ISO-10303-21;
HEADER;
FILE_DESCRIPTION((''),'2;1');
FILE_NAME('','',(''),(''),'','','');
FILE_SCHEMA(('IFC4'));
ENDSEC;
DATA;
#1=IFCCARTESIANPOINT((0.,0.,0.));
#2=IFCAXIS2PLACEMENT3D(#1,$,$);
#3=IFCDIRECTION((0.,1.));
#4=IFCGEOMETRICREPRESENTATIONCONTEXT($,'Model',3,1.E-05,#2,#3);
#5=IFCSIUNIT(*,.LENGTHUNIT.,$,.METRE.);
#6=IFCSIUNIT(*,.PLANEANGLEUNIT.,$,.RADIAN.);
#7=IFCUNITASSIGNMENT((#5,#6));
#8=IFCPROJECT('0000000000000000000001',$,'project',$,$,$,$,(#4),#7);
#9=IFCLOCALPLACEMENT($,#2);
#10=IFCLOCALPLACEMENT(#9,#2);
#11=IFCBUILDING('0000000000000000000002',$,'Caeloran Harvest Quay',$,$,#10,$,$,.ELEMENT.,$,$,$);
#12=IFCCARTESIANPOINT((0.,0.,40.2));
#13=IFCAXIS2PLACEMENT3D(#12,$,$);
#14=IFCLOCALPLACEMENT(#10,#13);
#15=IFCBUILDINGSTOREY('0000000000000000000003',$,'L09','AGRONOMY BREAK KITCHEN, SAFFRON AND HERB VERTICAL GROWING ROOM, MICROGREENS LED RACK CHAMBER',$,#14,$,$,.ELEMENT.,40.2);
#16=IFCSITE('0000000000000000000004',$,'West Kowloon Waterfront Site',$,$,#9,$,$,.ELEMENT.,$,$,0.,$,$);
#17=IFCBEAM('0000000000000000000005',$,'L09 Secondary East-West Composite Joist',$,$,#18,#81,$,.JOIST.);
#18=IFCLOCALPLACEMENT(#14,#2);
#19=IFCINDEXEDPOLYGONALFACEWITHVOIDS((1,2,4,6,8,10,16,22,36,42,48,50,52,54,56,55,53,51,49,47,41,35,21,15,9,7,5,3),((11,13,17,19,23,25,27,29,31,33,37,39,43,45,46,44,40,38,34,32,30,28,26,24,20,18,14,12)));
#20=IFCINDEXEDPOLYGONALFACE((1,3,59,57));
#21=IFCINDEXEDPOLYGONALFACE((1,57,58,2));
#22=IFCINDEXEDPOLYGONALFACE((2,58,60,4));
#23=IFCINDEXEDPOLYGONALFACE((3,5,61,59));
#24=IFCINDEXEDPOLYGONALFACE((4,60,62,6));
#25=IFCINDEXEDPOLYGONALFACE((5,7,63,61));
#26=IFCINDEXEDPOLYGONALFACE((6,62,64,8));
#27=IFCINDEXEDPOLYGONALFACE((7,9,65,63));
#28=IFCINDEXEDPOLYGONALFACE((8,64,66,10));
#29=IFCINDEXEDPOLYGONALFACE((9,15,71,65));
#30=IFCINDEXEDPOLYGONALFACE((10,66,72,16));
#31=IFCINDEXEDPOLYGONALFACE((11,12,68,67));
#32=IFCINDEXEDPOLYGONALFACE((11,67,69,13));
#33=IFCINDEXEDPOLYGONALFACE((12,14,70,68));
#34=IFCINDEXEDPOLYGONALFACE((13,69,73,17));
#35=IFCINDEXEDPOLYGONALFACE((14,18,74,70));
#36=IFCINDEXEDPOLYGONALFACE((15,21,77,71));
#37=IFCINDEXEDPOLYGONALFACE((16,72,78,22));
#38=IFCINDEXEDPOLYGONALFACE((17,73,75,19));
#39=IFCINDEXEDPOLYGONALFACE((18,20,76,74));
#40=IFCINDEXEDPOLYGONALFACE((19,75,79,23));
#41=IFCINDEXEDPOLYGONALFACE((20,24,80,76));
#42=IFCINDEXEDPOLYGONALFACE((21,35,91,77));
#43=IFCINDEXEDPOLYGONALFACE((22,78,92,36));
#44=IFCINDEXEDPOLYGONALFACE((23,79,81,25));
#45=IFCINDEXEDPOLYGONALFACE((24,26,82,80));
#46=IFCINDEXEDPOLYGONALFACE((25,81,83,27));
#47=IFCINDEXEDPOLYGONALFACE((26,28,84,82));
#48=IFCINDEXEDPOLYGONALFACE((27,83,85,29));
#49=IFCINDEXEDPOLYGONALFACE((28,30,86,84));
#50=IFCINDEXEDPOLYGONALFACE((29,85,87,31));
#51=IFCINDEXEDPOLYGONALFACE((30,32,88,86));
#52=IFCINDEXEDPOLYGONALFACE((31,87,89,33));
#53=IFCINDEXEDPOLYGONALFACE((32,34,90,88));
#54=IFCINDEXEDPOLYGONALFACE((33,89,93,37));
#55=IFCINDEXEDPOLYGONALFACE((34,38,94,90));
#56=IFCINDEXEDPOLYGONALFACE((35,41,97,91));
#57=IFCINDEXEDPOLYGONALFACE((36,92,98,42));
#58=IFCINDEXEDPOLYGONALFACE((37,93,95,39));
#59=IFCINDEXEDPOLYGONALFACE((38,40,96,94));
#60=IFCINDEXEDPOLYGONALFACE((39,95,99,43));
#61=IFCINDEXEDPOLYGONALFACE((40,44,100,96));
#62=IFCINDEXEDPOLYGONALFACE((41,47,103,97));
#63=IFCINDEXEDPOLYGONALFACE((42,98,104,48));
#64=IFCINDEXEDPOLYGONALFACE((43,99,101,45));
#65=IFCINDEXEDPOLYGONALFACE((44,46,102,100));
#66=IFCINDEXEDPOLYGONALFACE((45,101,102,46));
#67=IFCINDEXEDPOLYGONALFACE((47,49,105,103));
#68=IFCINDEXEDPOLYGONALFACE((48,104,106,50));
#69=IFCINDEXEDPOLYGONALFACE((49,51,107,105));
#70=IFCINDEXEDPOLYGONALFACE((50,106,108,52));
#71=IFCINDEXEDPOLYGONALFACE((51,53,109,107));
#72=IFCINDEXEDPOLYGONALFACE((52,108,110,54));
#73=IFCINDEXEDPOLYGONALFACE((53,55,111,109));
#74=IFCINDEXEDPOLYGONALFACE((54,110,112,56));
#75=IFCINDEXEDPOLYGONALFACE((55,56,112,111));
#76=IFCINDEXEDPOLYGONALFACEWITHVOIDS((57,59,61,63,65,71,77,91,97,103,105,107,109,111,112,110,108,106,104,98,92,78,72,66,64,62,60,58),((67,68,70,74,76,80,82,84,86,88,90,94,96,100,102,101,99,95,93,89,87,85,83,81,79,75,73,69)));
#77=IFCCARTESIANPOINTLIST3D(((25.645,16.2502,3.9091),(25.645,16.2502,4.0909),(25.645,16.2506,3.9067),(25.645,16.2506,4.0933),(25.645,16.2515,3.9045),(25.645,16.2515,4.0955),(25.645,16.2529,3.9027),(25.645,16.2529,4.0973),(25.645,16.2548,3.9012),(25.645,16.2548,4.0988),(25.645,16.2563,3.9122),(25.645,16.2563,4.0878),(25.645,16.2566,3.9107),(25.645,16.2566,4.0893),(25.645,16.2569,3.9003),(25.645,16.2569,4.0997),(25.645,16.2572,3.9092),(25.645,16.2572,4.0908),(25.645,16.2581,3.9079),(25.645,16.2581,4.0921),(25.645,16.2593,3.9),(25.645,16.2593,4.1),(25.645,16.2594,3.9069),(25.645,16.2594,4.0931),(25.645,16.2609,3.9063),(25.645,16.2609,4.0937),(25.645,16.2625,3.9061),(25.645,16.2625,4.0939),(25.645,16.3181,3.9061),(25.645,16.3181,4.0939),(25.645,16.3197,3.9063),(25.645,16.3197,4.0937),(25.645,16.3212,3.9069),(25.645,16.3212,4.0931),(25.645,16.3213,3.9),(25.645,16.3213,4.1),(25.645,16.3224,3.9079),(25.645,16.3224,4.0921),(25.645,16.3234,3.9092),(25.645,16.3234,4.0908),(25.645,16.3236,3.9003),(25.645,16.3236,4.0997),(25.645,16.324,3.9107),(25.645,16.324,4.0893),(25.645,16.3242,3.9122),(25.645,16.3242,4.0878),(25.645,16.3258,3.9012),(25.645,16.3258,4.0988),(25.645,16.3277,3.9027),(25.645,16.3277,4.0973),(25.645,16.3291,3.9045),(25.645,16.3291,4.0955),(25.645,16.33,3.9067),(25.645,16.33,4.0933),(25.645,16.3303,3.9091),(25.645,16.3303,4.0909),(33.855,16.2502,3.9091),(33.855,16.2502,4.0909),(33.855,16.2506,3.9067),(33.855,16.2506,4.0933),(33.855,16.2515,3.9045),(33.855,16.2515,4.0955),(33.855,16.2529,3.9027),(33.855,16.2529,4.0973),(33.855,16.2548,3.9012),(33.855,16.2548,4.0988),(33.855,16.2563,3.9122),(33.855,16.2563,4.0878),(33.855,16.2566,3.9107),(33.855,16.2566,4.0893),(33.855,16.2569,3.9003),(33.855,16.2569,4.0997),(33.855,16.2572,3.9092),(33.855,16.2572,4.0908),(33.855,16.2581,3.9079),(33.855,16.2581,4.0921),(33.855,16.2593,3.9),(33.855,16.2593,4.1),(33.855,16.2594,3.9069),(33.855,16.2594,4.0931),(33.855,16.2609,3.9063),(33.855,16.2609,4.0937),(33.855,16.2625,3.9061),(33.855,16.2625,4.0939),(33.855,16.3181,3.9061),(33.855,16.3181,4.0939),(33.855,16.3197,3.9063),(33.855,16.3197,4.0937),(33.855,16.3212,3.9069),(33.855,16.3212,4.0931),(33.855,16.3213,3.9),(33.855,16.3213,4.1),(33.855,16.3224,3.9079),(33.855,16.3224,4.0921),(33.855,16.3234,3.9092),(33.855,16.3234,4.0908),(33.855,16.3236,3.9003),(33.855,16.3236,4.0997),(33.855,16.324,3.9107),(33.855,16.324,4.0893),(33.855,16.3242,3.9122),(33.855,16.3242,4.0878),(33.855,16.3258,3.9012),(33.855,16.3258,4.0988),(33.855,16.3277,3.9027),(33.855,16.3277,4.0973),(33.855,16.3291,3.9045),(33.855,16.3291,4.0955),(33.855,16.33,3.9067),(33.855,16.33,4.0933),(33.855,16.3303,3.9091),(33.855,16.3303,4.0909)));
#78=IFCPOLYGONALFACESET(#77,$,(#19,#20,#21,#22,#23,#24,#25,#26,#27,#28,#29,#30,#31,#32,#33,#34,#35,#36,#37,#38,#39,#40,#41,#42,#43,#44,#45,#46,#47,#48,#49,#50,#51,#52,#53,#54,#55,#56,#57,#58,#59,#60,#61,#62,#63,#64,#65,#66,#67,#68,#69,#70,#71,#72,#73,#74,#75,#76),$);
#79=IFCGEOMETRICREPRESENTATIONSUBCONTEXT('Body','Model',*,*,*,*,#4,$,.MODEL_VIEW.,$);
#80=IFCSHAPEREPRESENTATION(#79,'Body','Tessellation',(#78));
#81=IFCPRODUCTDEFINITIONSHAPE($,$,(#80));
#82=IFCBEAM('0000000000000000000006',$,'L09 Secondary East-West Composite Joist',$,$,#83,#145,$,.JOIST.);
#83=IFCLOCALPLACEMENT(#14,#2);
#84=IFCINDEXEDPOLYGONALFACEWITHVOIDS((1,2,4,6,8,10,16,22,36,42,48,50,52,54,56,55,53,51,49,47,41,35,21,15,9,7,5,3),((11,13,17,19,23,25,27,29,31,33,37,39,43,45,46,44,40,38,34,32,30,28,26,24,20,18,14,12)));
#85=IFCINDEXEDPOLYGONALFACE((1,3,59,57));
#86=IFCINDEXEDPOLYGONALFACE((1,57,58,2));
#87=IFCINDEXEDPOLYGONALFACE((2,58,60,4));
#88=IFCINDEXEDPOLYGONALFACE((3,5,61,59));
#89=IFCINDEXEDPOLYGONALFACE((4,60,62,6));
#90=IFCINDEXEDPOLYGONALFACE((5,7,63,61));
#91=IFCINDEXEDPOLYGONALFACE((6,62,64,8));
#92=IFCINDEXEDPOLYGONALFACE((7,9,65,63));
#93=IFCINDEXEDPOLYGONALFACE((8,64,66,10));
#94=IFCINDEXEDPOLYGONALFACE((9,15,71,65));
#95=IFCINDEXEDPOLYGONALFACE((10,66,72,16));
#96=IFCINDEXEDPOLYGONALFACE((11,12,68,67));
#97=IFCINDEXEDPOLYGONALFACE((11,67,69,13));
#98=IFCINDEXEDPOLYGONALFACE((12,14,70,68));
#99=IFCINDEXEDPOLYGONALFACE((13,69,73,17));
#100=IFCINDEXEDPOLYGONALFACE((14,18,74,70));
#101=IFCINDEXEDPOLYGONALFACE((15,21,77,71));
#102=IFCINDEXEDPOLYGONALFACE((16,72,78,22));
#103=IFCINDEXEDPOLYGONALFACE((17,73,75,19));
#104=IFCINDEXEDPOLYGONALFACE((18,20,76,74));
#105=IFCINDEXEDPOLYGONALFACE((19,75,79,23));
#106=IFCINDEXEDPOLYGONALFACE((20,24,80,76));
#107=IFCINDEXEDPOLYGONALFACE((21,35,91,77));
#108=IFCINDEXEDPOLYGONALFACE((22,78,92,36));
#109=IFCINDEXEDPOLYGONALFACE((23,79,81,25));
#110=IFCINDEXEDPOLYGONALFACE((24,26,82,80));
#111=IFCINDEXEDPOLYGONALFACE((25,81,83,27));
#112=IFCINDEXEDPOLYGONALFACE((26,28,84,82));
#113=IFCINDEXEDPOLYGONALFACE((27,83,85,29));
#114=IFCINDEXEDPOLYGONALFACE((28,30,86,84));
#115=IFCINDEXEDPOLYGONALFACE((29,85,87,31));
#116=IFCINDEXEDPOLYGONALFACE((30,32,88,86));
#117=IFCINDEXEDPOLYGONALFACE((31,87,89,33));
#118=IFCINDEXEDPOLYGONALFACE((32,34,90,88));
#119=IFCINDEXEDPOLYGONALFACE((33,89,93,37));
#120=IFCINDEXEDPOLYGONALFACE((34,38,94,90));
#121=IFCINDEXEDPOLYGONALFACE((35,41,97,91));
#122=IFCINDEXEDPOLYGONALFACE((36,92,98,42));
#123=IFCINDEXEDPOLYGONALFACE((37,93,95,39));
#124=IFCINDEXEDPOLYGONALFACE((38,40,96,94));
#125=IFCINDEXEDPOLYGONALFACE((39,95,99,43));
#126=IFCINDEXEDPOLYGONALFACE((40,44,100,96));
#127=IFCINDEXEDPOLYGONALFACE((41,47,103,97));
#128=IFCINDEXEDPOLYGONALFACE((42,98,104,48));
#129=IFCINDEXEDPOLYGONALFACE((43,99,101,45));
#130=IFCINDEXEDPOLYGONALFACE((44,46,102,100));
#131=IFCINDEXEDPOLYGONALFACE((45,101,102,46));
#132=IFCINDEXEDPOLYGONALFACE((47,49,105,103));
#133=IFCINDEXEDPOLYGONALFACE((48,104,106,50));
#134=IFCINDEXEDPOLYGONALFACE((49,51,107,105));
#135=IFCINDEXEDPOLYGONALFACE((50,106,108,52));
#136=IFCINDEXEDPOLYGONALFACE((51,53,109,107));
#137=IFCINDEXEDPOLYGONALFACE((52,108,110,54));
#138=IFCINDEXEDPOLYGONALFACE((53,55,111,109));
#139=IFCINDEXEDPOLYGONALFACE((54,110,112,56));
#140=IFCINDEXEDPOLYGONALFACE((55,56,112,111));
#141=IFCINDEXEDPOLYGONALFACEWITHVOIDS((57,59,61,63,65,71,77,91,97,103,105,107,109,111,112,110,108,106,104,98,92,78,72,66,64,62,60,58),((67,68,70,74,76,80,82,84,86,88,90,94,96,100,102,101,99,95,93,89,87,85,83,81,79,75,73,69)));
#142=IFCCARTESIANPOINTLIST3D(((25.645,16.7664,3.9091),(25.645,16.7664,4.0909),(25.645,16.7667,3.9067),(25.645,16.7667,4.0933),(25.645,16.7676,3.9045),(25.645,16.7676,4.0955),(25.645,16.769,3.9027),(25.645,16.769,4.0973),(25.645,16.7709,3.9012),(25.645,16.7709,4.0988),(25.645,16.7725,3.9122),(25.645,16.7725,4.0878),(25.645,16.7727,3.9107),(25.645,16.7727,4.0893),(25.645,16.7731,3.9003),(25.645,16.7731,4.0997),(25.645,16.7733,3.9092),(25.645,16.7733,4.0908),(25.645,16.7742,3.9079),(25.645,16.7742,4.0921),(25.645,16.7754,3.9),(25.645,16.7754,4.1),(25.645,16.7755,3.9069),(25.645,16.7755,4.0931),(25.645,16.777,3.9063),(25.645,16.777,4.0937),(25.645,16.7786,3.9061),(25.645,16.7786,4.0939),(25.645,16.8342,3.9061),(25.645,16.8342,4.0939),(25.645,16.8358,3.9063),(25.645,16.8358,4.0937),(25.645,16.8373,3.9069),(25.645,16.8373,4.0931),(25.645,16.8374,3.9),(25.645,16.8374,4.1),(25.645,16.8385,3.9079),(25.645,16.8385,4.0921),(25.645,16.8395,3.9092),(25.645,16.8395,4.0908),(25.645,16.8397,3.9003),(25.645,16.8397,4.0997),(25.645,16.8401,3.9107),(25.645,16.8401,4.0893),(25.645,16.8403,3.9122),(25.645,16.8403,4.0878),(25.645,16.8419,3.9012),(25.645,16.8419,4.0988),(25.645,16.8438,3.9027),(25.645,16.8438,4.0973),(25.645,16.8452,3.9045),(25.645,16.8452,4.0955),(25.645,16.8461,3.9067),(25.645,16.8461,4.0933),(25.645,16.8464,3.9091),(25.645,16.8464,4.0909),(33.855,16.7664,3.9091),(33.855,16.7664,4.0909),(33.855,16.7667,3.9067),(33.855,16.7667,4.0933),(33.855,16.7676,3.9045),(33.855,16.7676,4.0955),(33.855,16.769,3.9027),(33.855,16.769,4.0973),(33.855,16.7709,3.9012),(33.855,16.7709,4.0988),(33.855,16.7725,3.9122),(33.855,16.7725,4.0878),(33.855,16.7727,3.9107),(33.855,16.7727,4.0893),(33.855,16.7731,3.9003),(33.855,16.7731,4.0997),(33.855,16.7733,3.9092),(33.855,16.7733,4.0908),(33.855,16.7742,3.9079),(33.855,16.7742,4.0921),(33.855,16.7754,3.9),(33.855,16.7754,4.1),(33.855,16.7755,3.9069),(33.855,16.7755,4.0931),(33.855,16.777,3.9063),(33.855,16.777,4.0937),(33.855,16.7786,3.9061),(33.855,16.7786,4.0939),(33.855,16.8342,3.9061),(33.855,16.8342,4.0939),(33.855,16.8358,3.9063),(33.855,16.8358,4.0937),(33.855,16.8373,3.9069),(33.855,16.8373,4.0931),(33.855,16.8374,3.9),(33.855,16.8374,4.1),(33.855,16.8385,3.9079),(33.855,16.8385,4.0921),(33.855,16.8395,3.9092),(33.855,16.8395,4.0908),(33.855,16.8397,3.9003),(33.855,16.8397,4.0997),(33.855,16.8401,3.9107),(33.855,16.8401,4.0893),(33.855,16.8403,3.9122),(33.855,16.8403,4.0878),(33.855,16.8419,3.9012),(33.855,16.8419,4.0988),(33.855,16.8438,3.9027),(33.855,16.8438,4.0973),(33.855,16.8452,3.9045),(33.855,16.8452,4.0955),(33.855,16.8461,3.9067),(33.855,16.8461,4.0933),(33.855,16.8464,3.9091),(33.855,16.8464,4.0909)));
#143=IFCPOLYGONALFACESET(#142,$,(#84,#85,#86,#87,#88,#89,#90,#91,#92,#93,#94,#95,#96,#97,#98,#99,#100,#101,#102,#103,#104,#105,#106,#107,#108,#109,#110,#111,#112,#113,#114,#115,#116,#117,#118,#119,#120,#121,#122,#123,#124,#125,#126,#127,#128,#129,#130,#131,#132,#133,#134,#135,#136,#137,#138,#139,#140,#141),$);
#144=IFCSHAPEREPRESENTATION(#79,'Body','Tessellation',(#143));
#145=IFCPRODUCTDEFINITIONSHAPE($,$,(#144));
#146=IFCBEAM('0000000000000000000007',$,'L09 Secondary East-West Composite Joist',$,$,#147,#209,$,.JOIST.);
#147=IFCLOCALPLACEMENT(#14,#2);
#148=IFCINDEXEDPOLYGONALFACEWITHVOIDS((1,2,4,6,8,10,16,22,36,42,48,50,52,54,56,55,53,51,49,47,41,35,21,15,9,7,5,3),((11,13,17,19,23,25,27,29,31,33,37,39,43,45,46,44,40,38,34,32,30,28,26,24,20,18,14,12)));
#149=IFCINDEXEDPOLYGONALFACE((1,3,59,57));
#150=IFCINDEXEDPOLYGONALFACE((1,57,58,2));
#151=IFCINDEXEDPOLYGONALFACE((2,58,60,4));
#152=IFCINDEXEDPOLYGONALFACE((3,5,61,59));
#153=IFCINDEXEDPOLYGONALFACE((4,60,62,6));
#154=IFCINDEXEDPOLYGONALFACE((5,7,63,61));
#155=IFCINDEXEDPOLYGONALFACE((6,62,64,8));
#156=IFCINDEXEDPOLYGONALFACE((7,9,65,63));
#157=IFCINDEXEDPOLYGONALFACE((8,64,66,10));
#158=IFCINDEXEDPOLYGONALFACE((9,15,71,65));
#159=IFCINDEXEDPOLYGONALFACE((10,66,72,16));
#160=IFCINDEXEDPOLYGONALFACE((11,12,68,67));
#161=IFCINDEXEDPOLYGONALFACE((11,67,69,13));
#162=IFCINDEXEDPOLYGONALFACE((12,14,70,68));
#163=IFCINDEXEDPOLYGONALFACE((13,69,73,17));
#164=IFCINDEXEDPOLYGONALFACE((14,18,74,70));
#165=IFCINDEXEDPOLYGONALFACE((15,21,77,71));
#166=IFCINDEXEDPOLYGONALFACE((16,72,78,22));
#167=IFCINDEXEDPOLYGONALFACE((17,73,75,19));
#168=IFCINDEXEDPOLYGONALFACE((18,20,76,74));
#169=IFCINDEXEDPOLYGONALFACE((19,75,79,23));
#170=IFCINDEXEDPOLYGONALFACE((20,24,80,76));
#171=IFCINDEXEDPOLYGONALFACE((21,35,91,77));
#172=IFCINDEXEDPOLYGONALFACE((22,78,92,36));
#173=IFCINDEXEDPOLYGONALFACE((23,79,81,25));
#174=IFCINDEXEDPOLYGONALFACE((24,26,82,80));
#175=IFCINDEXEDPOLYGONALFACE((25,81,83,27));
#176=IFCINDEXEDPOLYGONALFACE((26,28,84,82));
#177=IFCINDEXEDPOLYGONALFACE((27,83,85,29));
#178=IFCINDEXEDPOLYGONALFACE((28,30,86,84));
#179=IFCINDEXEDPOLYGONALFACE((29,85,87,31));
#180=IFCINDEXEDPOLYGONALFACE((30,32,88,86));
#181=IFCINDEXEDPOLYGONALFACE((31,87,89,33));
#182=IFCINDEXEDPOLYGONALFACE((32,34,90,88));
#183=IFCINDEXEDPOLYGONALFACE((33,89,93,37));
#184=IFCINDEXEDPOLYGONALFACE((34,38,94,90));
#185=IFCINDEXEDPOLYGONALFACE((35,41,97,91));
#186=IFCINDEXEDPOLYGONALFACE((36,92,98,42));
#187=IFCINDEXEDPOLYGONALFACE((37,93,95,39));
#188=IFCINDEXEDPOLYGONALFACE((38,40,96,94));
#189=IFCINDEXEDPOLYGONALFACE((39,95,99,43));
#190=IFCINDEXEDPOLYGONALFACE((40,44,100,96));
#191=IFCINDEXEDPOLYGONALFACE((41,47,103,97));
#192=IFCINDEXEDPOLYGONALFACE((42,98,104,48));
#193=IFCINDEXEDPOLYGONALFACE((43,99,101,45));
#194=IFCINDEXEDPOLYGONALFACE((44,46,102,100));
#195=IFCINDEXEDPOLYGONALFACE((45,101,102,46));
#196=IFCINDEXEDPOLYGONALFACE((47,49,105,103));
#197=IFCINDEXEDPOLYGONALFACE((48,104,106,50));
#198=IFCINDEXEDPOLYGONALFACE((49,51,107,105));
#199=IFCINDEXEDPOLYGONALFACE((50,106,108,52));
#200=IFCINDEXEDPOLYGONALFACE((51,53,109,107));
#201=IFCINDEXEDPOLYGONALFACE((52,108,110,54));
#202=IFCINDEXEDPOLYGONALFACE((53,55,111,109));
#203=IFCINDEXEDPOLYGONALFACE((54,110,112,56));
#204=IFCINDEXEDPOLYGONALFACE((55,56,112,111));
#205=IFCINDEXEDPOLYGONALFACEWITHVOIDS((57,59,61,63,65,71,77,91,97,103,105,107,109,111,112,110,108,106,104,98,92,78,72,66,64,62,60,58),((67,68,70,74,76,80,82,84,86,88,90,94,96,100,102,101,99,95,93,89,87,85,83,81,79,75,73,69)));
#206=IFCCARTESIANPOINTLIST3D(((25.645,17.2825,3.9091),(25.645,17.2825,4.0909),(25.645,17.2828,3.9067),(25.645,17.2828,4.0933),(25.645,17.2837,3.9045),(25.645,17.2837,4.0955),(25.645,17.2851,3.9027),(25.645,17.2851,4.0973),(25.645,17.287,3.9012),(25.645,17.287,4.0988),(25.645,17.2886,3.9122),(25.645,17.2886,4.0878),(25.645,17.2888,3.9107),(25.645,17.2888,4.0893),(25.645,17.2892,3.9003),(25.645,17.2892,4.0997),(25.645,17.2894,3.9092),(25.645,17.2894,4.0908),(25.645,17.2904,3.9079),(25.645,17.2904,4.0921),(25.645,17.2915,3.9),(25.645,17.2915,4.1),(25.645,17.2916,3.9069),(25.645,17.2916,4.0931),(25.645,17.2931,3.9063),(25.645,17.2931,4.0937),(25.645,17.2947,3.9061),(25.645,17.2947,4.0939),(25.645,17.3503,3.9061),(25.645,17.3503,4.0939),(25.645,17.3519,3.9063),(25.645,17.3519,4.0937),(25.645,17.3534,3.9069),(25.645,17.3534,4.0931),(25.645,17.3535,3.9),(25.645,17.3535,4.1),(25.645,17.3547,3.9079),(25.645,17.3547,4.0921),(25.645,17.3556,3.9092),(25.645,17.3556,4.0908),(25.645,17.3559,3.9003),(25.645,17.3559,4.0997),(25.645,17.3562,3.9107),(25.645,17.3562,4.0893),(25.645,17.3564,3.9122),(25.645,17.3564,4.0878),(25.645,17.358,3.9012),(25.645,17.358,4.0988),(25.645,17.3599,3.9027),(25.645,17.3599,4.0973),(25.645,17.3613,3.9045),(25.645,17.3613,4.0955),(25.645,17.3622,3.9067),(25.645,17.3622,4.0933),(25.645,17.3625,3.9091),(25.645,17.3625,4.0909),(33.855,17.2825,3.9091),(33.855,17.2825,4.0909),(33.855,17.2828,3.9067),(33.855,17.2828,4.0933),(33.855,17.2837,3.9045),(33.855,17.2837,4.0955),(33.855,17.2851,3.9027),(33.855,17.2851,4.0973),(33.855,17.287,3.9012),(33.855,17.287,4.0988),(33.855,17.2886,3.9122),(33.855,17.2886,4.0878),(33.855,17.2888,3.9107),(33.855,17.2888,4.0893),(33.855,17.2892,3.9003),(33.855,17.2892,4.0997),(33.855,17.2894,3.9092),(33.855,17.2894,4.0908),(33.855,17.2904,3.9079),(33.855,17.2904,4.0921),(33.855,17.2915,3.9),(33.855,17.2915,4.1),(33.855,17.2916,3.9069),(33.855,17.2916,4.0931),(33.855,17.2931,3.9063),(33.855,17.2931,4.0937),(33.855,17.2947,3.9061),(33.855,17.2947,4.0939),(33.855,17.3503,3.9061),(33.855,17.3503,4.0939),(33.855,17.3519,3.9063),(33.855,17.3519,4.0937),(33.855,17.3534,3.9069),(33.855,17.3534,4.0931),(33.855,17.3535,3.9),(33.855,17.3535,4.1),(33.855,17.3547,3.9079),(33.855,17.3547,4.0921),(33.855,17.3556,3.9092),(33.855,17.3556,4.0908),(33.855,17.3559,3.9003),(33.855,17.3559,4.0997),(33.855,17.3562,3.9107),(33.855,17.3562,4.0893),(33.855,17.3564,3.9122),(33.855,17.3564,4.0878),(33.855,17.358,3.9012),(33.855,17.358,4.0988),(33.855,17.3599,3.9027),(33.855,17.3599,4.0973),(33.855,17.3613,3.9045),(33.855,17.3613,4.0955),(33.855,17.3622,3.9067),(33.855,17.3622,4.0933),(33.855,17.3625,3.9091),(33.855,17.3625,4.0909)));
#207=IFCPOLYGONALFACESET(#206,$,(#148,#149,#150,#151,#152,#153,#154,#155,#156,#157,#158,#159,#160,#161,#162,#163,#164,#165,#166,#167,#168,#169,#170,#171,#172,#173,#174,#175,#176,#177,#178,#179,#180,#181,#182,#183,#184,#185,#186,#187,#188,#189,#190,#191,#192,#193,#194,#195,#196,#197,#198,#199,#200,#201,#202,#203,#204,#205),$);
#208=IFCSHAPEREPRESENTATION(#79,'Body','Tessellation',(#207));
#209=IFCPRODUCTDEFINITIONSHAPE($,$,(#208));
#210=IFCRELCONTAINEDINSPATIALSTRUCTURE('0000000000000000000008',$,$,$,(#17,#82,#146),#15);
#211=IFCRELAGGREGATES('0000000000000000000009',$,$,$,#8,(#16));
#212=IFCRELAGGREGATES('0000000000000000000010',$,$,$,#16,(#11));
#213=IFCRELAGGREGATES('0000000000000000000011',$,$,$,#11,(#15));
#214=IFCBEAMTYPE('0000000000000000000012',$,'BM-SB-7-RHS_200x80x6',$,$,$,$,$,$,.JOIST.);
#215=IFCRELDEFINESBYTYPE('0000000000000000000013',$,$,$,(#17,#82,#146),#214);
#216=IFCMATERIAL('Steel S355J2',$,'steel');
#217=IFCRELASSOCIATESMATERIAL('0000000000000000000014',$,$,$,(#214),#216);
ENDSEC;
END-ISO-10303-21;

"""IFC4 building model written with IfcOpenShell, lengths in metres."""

from ifc_helpers import new_model, si_unit, direction, frame, origin, origin_2d, place, context, subcontext, project, spatial, hollow_rectangle, extrude, material, material_profile, profile_set, type_object, element, save


model = new_model("IFC4")

# Units and contexts
model_context = context("Model", 3, precision=1e-05, world=origin(), true_north=direction((0.0, 1.0)))
body_context = subcontext(model_context, "Body", "Model", "MODEL_VIEW")
ifc_project = project(units=[si_unit("LENGTHUNIT", "METRE"), si_unit("PLANEANGLEUNIT", "RADIAN")], contexts=[model_context])

# Site, building, storey
site_placement = place(None, origin())
site = spatial("IfcSite", under=ifc_project, at=site_placement, Name="West Kowloon Waterfront Site", CompositionType="ELEMENT", RefElevation=0.0)
building_placement = place(site_placement, origin())
building = spatial("IfcBuilding", under=site, at=building_placement, Name="Caeloran Harvest Quay", CompositionType="ELEMENT")
storey_placement = place(building_placement, frame((0.0, 0.0, 40.2)))
storey = spatial("IfcBuildingStorey", under=building, at=storey_placement, Name="L09", Description="AGRONOMY BREAK KITCHEN, SAFFRON AND HERB VERTICAL GROWING ROOM, MICROGREENS LED RACK CHAMBER", CompositionType="ELEMENT", Elevation=40.2)

# Beams
ifc_material_1 = material(Name="Steel S355J2", Category="steel")
ifc_material_profile_1 = material_profile(ifc_material_1, hollow_rectangle(XDim=0.0801, YDim=0.2, WallThickness=0.0061, InnerFilletRadius=0.0061, OuterFilletRadius=0.009, at=origin_2d()), Name="RHS 200x80x6")
ifc_profile_set_1 = profile_set([ifc_material_profile_1], Name="Steel S355J2")
beam_type_1 = type_object("IfcBeamType", Name="BM-SB-7-RHS_200x80x6", PredefinedType="JOIST", material=ifc_profile_set_1)
for number, where, z_axis, x_axis, name in (
    (1, (25.645, 16.2903, 4.0), (1.0, 0.0, 0.0), (0.0, 1.0, 0.0), "L09 Secondary East-West Composite Joist"),
    (2, (25.645, 16.8064, 4.0), (1.0, 0.0, 0.0), (0.0, 1.0, 0.0), "L09 Secondary East-West Composite Joist"),
    (3, (25.645, 17.3225, 4.0), (1.0, 0.0, 0.0), (0.0, 1.0, 0.0), "L09 Secondary East-West Composite Joist"),
):
    element("IfcBeam", number, at=place(storey_placement, frame(where, z_axis=z_axis, x_axis=x_axis)), inside=storey, type_object=beam_type_1, Name=name, PredefinedType="JOIST", context=body_context, shape_type="SweptSolid", body=[
        extrude(hollow_rectangle(XDim=0.0801, YDim=0.2, WallThickness=0.0061, InnerFilletRadius=0.0061, OuterFilletRadius=0.009, at=origin_2d()), origin(), (0.0, 0.0, 1.0), 8.21),
    ])

save(model, "model.ifc")
